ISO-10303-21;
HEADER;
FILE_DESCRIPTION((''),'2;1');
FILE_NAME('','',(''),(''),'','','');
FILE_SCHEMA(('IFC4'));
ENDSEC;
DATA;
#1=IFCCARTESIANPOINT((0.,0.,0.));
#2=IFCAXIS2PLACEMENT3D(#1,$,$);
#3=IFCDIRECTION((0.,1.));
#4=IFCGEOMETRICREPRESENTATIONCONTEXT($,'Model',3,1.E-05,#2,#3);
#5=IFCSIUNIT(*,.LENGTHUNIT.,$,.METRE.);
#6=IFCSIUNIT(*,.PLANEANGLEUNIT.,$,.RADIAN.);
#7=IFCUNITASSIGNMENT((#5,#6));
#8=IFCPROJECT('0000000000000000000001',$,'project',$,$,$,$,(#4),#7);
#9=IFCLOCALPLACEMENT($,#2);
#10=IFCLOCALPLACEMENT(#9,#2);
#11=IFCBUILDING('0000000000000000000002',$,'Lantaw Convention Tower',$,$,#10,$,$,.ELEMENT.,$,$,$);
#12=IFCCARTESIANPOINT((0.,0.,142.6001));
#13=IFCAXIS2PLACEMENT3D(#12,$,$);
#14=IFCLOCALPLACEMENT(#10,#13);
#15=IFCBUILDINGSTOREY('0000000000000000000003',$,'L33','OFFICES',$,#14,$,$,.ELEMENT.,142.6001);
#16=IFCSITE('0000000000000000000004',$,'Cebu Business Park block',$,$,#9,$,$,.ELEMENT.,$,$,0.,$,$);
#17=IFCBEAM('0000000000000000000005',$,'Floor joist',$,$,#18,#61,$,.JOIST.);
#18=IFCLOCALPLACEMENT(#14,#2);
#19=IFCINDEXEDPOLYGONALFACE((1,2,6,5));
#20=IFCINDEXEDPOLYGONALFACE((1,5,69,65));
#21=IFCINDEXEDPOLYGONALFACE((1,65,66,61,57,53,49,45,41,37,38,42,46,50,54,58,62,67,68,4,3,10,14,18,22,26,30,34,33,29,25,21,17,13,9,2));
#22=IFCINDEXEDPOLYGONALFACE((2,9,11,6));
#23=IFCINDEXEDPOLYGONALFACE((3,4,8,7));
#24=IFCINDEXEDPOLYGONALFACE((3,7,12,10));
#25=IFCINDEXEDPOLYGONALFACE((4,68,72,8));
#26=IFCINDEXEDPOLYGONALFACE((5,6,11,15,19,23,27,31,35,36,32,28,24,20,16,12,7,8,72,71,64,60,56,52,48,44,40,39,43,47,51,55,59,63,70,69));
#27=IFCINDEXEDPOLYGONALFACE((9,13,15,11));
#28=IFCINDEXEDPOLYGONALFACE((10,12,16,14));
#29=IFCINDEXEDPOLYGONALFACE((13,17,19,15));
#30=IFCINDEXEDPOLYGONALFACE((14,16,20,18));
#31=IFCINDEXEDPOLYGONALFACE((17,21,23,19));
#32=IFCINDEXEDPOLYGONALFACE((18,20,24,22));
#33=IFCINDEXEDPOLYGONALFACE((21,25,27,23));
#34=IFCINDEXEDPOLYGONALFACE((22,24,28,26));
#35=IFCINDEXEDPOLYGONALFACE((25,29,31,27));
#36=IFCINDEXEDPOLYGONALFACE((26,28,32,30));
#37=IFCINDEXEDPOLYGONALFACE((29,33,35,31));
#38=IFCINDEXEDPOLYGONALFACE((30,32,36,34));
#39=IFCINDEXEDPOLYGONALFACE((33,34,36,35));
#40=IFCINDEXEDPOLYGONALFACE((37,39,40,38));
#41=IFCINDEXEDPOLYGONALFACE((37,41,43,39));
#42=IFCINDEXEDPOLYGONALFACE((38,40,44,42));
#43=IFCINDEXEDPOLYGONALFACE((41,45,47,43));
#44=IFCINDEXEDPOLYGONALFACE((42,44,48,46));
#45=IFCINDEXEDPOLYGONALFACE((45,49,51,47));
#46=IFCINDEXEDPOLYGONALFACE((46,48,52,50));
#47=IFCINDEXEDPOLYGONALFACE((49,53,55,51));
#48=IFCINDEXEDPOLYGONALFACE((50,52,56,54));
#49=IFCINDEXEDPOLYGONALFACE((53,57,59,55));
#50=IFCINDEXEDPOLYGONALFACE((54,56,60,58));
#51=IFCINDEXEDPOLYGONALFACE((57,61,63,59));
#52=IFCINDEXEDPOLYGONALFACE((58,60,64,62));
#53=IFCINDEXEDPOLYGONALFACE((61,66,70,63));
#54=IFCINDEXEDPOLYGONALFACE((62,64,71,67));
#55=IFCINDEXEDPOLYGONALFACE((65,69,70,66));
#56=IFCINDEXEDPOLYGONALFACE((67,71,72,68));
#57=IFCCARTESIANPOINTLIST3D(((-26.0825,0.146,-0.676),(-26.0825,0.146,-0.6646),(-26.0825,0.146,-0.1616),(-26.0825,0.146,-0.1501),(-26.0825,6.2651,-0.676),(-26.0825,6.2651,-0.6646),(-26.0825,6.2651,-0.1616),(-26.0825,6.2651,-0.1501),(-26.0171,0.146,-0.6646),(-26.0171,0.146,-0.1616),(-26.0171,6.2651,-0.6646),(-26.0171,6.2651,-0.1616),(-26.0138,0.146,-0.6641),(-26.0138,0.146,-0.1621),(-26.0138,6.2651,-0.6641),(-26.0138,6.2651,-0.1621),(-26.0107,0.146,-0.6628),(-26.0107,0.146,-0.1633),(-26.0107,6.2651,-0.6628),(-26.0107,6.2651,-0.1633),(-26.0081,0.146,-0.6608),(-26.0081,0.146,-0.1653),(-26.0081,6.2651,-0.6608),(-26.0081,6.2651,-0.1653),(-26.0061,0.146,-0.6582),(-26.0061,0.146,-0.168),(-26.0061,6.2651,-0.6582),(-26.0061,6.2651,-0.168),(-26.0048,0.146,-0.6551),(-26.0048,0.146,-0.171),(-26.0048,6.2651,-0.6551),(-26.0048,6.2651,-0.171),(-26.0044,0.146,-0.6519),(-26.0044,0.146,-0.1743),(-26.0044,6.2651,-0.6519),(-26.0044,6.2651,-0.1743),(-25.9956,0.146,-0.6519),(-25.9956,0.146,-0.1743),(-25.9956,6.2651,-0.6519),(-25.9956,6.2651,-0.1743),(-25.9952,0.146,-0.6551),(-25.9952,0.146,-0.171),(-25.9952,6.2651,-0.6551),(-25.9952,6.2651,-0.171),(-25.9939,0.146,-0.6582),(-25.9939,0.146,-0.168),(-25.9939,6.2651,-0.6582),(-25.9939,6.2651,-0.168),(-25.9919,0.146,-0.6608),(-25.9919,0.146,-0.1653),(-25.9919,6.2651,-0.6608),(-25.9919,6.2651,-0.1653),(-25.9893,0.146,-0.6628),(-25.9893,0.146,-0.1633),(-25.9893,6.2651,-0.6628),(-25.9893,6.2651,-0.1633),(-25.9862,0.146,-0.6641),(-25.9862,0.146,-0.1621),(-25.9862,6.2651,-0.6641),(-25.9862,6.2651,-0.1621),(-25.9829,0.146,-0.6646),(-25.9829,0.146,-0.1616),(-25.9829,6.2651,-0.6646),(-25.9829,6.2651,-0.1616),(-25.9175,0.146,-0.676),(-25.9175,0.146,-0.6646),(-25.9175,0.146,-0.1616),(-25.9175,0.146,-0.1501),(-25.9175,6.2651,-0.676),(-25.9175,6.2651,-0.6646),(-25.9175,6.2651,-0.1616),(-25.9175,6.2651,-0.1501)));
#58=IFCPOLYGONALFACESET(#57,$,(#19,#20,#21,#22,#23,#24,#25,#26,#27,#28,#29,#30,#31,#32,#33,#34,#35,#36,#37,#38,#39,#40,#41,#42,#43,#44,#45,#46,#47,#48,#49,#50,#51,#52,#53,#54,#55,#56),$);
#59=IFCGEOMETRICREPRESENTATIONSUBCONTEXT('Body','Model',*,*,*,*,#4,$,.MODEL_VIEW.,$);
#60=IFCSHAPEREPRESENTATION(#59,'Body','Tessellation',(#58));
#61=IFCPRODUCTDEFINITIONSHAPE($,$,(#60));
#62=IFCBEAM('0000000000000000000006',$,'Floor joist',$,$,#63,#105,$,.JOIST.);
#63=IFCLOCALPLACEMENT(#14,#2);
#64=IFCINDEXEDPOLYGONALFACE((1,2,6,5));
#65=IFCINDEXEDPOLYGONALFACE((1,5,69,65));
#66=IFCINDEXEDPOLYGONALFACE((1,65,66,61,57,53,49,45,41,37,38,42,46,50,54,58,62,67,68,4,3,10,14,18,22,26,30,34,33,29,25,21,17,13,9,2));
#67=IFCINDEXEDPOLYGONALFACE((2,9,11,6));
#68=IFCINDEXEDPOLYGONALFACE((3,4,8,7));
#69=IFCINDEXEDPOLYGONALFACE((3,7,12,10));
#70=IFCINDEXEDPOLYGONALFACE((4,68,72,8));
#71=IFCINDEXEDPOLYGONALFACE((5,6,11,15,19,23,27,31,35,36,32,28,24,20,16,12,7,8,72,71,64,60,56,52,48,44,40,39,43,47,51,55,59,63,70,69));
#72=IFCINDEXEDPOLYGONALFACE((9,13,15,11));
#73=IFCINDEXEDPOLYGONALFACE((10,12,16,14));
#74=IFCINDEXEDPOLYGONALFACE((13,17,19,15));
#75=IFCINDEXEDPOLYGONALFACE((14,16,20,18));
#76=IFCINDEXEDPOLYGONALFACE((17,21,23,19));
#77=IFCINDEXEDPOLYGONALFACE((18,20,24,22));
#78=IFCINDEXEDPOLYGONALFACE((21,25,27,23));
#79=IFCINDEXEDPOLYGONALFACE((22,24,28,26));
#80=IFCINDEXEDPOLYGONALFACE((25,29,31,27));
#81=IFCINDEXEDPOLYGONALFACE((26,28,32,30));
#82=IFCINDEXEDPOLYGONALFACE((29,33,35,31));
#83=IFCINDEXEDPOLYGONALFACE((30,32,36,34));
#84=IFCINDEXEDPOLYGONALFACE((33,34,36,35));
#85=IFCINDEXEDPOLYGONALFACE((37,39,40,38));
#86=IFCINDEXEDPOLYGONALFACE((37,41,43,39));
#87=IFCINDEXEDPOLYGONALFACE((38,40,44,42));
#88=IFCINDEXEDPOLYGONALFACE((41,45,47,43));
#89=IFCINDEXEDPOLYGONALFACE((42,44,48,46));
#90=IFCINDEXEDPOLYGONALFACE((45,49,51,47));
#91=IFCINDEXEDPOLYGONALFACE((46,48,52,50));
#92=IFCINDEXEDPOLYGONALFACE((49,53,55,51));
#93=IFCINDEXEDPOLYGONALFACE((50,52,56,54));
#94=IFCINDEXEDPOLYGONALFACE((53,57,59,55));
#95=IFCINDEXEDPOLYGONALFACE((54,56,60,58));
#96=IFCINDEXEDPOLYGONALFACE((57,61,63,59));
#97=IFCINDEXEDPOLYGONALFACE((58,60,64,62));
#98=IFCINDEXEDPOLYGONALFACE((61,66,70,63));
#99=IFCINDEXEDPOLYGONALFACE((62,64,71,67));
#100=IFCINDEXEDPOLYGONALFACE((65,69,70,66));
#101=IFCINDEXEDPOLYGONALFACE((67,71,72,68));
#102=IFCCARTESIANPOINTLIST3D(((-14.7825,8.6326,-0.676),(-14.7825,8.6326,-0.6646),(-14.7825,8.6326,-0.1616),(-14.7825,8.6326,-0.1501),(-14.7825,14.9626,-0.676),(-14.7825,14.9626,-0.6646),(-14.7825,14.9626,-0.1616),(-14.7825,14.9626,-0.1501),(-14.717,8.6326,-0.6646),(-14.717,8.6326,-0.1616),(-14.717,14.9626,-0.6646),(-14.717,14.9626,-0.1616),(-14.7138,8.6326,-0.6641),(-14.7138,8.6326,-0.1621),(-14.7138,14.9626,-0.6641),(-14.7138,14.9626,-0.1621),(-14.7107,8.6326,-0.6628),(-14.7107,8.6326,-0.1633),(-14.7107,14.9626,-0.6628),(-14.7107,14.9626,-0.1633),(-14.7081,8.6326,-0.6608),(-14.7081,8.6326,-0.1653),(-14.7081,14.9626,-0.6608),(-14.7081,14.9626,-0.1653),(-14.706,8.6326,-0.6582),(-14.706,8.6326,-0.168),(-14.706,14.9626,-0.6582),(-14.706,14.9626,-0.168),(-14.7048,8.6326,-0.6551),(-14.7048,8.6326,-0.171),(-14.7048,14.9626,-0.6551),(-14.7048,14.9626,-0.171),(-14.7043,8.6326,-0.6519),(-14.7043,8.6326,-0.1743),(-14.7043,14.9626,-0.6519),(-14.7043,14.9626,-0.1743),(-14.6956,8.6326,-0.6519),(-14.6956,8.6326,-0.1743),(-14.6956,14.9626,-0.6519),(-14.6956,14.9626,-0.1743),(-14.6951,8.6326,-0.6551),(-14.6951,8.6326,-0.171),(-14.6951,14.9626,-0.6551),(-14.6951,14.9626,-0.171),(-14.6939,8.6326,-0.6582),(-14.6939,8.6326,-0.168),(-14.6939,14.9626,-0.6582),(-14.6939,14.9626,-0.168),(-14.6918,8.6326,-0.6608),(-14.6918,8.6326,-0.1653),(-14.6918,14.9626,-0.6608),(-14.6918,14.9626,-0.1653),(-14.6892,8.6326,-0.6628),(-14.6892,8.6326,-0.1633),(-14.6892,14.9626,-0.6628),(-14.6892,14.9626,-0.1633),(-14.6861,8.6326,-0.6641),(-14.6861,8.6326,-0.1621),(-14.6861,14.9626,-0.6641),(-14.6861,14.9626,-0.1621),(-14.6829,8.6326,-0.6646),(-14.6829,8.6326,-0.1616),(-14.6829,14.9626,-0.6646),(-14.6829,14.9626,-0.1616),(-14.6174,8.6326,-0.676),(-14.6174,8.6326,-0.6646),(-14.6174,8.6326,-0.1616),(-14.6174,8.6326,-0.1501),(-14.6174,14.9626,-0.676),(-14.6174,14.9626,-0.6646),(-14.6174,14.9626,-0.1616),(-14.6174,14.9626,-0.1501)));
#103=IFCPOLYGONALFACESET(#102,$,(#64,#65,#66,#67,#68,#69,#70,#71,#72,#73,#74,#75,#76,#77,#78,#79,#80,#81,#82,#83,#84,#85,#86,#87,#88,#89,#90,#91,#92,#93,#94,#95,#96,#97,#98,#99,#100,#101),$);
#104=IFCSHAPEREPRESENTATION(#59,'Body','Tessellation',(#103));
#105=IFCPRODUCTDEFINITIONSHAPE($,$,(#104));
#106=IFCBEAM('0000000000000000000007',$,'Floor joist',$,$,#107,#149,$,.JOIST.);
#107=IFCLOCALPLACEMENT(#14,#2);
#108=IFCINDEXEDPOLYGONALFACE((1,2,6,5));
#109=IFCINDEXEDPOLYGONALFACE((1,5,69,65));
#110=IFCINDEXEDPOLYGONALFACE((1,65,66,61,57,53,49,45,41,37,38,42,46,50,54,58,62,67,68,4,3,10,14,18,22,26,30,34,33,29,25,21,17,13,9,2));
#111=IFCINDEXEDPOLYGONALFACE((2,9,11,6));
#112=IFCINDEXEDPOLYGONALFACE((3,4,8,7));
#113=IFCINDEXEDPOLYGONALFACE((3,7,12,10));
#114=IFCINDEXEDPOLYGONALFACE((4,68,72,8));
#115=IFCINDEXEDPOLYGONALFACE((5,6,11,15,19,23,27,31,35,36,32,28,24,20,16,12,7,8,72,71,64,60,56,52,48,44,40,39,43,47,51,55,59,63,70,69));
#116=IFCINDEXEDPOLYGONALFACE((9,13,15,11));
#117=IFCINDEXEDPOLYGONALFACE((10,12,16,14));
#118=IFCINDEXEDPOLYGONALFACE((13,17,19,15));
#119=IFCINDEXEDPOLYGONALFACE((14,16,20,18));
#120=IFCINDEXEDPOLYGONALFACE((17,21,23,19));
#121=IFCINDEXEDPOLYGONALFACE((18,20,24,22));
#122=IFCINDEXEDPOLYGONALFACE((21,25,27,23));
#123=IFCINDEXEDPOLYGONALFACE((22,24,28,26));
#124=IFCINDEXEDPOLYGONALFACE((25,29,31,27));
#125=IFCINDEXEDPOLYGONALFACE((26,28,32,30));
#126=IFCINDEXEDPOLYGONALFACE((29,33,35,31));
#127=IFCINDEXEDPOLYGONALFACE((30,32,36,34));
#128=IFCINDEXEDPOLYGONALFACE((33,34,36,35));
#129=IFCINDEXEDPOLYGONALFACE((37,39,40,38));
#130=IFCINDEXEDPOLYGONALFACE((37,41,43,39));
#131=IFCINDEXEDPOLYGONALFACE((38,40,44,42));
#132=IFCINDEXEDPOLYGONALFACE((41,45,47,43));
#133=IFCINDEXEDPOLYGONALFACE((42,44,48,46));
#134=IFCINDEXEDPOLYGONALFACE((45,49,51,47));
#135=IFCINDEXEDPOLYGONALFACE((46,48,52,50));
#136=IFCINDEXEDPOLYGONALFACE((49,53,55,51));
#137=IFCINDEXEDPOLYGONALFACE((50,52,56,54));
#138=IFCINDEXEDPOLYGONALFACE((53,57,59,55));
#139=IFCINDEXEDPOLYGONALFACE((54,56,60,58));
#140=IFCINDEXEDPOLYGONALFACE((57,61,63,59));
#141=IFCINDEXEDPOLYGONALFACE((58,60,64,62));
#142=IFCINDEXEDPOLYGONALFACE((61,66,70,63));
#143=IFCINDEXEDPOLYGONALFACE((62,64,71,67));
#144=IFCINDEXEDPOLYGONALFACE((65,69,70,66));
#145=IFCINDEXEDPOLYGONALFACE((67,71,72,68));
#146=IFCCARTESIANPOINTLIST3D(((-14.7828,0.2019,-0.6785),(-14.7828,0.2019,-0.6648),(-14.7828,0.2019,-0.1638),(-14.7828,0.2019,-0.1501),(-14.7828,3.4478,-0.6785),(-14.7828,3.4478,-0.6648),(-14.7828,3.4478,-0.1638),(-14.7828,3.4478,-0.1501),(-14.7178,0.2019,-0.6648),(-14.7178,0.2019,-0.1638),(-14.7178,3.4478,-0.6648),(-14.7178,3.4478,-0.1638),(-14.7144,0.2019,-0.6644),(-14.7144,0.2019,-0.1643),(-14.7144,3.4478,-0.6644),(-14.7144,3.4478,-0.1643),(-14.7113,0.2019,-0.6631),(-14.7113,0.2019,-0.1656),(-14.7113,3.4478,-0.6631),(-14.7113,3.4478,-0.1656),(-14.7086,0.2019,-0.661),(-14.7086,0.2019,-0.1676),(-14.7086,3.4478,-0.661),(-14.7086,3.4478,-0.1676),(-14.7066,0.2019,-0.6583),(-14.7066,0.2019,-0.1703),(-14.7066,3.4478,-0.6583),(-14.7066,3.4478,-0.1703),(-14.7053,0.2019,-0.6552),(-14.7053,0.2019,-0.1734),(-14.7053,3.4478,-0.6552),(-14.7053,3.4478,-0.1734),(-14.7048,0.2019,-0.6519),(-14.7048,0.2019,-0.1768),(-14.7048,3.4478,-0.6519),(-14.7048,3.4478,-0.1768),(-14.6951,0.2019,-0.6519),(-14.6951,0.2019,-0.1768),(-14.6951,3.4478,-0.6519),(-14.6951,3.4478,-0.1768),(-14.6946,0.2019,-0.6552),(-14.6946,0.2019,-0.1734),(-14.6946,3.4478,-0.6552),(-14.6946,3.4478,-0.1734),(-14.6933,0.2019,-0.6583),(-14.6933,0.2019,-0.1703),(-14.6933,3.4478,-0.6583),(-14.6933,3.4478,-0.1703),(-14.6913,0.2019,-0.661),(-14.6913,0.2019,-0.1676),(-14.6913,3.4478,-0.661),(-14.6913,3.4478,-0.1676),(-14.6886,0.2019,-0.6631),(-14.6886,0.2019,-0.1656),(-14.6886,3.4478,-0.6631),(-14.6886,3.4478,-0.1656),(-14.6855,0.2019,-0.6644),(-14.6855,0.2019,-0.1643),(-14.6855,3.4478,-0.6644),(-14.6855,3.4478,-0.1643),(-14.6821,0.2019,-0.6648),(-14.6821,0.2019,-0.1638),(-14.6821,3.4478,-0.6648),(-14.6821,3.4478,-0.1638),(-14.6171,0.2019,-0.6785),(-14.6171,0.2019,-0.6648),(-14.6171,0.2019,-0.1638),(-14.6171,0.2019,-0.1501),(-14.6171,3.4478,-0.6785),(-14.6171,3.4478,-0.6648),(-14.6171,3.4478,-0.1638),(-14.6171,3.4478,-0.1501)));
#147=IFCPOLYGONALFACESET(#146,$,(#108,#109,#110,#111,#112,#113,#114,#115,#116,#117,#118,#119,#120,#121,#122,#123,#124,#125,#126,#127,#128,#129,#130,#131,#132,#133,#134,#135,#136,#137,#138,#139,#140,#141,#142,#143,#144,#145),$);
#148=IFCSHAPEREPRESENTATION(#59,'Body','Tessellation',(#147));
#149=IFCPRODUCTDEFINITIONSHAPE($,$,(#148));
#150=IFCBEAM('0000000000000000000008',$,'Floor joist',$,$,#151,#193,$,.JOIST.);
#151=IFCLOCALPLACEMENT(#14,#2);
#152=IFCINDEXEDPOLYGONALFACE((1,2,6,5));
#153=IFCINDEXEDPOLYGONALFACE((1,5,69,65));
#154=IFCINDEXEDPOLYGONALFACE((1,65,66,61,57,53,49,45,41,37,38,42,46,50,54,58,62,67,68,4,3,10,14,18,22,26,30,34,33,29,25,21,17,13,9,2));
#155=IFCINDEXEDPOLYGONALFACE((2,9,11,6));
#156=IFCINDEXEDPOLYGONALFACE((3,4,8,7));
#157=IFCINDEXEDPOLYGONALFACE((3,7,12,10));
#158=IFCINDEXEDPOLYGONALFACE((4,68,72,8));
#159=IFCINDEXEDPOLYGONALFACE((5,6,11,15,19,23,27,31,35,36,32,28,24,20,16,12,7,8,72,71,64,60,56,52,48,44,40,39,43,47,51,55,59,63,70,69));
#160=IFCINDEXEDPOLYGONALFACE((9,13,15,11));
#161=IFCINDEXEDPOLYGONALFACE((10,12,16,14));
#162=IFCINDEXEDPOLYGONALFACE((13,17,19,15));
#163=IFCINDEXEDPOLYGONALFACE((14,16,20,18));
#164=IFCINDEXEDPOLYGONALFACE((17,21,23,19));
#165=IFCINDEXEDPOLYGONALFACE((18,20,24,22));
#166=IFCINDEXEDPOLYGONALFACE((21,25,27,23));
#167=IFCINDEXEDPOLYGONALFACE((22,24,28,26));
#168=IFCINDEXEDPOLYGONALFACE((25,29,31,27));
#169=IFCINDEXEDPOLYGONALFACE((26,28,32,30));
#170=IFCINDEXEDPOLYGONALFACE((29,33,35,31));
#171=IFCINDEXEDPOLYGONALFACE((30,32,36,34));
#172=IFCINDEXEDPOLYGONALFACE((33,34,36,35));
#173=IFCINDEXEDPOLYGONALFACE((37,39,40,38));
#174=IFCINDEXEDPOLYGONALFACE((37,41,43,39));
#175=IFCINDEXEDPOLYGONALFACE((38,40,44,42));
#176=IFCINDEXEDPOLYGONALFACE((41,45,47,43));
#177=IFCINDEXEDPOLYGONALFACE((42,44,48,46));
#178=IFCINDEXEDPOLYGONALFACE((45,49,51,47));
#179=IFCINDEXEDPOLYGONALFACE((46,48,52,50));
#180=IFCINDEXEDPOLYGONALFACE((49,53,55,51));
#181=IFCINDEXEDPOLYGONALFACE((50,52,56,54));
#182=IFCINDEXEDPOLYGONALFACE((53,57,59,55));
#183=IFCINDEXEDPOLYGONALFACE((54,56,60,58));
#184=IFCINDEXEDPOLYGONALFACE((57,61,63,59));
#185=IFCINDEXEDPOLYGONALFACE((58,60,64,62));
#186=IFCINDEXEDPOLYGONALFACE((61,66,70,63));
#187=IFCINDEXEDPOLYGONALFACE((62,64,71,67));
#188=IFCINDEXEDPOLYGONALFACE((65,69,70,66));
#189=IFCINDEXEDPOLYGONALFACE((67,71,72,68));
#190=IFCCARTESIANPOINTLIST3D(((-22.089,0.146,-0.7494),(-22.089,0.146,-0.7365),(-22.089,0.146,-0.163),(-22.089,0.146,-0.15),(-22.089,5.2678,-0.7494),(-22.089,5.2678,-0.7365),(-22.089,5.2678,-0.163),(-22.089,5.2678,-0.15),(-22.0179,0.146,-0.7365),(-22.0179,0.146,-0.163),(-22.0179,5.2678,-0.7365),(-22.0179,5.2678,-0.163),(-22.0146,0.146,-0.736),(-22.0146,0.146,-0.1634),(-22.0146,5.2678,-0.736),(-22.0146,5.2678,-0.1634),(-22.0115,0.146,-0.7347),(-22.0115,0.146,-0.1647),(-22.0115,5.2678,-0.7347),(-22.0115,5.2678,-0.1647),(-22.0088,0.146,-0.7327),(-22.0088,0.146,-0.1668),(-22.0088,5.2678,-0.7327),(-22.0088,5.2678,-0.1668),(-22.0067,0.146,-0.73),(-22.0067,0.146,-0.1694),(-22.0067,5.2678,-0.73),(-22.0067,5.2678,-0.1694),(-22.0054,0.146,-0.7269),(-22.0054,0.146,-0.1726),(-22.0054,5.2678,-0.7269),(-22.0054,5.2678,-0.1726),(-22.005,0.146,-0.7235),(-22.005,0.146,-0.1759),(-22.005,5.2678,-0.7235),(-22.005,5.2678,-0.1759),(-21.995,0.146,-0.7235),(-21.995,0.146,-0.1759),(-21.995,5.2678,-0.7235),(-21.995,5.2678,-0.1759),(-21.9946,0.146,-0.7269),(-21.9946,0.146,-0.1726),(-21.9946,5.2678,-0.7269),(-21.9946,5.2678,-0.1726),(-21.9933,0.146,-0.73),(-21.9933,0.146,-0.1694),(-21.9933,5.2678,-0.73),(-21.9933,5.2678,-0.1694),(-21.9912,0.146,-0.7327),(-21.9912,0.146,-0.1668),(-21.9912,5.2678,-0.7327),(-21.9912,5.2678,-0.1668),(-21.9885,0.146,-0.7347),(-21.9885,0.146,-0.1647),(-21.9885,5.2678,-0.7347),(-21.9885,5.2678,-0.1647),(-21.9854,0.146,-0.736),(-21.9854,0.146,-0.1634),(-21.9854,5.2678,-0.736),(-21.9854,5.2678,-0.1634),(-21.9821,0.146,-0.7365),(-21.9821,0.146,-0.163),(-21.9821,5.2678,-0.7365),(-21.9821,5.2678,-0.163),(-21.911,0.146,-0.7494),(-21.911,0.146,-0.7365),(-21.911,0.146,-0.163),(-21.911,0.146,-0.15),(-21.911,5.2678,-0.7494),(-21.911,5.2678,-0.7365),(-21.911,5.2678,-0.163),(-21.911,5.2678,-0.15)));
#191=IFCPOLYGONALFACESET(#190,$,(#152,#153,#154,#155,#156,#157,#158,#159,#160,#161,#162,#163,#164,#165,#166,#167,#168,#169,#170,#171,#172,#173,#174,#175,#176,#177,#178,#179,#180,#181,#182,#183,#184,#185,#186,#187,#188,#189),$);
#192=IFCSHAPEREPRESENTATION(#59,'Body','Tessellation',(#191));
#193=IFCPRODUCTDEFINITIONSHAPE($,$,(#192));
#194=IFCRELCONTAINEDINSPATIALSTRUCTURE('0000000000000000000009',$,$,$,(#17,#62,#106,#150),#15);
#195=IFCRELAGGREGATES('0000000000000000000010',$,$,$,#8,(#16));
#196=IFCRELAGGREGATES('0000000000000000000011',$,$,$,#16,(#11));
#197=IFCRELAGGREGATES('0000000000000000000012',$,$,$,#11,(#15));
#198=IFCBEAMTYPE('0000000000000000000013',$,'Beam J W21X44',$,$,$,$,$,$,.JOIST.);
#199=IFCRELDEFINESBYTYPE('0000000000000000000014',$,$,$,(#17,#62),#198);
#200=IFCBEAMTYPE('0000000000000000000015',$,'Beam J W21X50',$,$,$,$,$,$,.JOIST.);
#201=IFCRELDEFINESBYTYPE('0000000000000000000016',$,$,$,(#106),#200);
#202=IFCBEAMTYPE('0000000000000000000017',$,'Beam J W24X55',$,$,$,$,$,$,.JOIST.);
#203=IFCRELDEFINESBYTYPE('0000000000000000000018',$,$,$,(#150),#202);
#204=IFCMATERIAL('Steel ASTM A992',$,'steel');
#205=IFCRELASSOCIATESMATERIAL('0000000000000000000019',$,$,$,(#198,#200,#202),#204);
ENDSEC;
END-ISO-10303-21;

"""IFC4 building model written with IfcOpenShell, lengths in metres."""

from ifc_helpers import new_model, si_unit, direction, frame, origin, origin_2d, place, context, subcontext, project, spatial, i_section, extrude, material, material_profile, profile_set, type_object, element, save


model = new_model("IFC4")

# Units and contexts
model_context = context("Model", 3, precision=1e-05, world=origin(), true_north=direction((0.0, 1.0)))
body_context = subcontext(model_context, "Body", "Model", "MODEL_VIEW")
ifc_project = project(units=[si_unit("LENGTHUNIT", "METRE"), si_unit("PLANEANGLEUNIT", "RADIAN")], contexts=[model_context])

# Site, building, storey
site_placement = place(None, origin())
site = spatial("IfcSite", under=ifc_project, at=site_placement, Name="Cebu Business Park block", CompositionType="ELEMENT", RefElevation=0.0)
building_placement = place(site_placement, origin())
building = spatial("IfcBuilding", under=site, at=building_placement, Name="Lantaw Convention Tower", CompositionType="ELEMENT")
storey_placement = place(building_placement, frame((0.0, 0.0, 142.6001)))
storey = spatial("IfcBuildingStorey", under=building, at=storey_placement, Name="L33", Description="OFFICES", CompositionType="ELEMENT", Elevation=142.6001)

# Beams
ifc_material_1 = material(Name="Steel ASTM A992", Category="steel")
ifc_material_profile_1 = material_profile(ifc_material_1, i_section(OverallWidth=0.165, OverallDepth=0.5259, WebThickness=0.0088, FlangeThickness=0.0115, FilletRadius=0.0127, at=origin_2d()), Name="W21X44")
ifc_profile_set_1 = profile_set([ifc_material_profile_1], Name="Steel ASTM A992")
beam_type_1 = type_object("IfcBeamType", Name="Beam J W21X44", PredefinedType="JOIST", material=ifc_profile_set_1)
beam_1_placement = place(storey_placement, frame((-26.0, 0.146, -0.4131), z_axis=(0.0, 1.0, 0.0), x_axis=(-1.0, 0.0, 0.0)))
element("IfcBeam", 1, at=beam_1_placement, inside=storey, type_object=beam_type_1, Name="Floor joist", PredefinedType="JOIST", context=body_context, shape_type="SweptSolid", body=[
    extrude(i_section(OverallWidth=0.165, OverallDepth=0.5259, WebThickness=0.0088, FlangeThickness=0.0115, FilletRadius=0.0127, at=origin_2d()), origin(), (0.0, 0.0, 1.0), 6.1191),
])
beam_2_placement = place(storey_placement, frame((-14.7, 8.6326, -0.4131), z_axis=(0.0, 1.0, 0.0), x_axis=(-1.0, 0.0, 0.0)))
element("IfcBeam", 2, at=beam_2_placement, inside=storey, type_object=beam_type_1, Name="Floor joist", PredefinedType="JOIST", context=body_context, shape_type="SweptSolid", body=[
    extrude(i_section(OverallWidth=0.165, OverallDepth=0.5259, WebThickness=0.0088, FlangeThickness=0.0115, FilletRadius=0.0127, at=origin_2d()), origin(), (0.0, 0.0, 1.0), 6.3301),
])
ifc_material_profile_2 = material_profile(ifc_material_1, i_section(OverallWidth=0.1658, OverallDepth=0.5283, WebThickness=0.0098, FlangeThickness=0.0137, FilletRadius=0.0129, at=origin_2d()), Name="W21X50")
ifc_profile_set_2 = profile_set([ifc_material_profile_2], Name="Steel ASTM A992")
beam_type_2 = type_object("IfcBeamType", Name="Beam J W21X50", PredefinedType="JOIST", material=ifc_profile_set_2)
beam_3_placement = place(storey_placement, frame((-14.7, 0.2019, -0.4143), z_axis=(0.0, 1.0, 0.0), x_axis=(-1.0, 0.0, 0.0)))
element("IfcBeam", 3, at=beam_3_placement, inside=storey, type_object=beam_type_2, Name="Floor joist", PredefinedType="JOIST", context=body_context, shape_type="SweptSolid", body=[
    extrude(i_section(OverallWidth=0.1658, OverallDepth=0.5283, WebThickness=0.0098, FlangeThickness=0.0137, FilletRadius=0.0129, at=origin_2d()), origin(), (0.0, 0.0, 1.0), 3.2458),
])
ifc_material_profile_3 = material_profile(ifc_material_1, i_section(OverallWidth=0.178, OverallDepth=0.5994, WebThickness=0.01, FlangeThickness=0.0129, FilletRadius=0.0129, at=origin_2d()), Name="W24X55")
ifc_profile_set_3 = profile_set([ifc_material_profile_3], Name="Steel ASTM A992")
beam_type_3 = type_object("IfcBeamType", Name="Beam J W24X55", PredefinedType="JOIST", material=ifc_profile_set_3)
beam_4_placement = place(storey_placement, frame((-22.0, 0.146, -0.4497), z_axis=(0.0, 1.0, 0.0), x_axis=(-1.0, 0.0, 0.0)))
element("IfcBeam", 4, at=beam_4_placement, inside=storey, type_object=beam_type_3, Name="Floor joist", PredefinedType="JOIST", context=body_context, shape_type="SweptSolid", body=[
    extrude(i_section(OverallWidth=0.178, OverallDepth=0.5994, WebThickness=0.01, FlangeThickness=0.0129, FilletRadius=0.0129, at=origin_2d()), origin(), (0.0, 0.0, 1.0), 5.1218),
])

save(model, "model.ifc")
